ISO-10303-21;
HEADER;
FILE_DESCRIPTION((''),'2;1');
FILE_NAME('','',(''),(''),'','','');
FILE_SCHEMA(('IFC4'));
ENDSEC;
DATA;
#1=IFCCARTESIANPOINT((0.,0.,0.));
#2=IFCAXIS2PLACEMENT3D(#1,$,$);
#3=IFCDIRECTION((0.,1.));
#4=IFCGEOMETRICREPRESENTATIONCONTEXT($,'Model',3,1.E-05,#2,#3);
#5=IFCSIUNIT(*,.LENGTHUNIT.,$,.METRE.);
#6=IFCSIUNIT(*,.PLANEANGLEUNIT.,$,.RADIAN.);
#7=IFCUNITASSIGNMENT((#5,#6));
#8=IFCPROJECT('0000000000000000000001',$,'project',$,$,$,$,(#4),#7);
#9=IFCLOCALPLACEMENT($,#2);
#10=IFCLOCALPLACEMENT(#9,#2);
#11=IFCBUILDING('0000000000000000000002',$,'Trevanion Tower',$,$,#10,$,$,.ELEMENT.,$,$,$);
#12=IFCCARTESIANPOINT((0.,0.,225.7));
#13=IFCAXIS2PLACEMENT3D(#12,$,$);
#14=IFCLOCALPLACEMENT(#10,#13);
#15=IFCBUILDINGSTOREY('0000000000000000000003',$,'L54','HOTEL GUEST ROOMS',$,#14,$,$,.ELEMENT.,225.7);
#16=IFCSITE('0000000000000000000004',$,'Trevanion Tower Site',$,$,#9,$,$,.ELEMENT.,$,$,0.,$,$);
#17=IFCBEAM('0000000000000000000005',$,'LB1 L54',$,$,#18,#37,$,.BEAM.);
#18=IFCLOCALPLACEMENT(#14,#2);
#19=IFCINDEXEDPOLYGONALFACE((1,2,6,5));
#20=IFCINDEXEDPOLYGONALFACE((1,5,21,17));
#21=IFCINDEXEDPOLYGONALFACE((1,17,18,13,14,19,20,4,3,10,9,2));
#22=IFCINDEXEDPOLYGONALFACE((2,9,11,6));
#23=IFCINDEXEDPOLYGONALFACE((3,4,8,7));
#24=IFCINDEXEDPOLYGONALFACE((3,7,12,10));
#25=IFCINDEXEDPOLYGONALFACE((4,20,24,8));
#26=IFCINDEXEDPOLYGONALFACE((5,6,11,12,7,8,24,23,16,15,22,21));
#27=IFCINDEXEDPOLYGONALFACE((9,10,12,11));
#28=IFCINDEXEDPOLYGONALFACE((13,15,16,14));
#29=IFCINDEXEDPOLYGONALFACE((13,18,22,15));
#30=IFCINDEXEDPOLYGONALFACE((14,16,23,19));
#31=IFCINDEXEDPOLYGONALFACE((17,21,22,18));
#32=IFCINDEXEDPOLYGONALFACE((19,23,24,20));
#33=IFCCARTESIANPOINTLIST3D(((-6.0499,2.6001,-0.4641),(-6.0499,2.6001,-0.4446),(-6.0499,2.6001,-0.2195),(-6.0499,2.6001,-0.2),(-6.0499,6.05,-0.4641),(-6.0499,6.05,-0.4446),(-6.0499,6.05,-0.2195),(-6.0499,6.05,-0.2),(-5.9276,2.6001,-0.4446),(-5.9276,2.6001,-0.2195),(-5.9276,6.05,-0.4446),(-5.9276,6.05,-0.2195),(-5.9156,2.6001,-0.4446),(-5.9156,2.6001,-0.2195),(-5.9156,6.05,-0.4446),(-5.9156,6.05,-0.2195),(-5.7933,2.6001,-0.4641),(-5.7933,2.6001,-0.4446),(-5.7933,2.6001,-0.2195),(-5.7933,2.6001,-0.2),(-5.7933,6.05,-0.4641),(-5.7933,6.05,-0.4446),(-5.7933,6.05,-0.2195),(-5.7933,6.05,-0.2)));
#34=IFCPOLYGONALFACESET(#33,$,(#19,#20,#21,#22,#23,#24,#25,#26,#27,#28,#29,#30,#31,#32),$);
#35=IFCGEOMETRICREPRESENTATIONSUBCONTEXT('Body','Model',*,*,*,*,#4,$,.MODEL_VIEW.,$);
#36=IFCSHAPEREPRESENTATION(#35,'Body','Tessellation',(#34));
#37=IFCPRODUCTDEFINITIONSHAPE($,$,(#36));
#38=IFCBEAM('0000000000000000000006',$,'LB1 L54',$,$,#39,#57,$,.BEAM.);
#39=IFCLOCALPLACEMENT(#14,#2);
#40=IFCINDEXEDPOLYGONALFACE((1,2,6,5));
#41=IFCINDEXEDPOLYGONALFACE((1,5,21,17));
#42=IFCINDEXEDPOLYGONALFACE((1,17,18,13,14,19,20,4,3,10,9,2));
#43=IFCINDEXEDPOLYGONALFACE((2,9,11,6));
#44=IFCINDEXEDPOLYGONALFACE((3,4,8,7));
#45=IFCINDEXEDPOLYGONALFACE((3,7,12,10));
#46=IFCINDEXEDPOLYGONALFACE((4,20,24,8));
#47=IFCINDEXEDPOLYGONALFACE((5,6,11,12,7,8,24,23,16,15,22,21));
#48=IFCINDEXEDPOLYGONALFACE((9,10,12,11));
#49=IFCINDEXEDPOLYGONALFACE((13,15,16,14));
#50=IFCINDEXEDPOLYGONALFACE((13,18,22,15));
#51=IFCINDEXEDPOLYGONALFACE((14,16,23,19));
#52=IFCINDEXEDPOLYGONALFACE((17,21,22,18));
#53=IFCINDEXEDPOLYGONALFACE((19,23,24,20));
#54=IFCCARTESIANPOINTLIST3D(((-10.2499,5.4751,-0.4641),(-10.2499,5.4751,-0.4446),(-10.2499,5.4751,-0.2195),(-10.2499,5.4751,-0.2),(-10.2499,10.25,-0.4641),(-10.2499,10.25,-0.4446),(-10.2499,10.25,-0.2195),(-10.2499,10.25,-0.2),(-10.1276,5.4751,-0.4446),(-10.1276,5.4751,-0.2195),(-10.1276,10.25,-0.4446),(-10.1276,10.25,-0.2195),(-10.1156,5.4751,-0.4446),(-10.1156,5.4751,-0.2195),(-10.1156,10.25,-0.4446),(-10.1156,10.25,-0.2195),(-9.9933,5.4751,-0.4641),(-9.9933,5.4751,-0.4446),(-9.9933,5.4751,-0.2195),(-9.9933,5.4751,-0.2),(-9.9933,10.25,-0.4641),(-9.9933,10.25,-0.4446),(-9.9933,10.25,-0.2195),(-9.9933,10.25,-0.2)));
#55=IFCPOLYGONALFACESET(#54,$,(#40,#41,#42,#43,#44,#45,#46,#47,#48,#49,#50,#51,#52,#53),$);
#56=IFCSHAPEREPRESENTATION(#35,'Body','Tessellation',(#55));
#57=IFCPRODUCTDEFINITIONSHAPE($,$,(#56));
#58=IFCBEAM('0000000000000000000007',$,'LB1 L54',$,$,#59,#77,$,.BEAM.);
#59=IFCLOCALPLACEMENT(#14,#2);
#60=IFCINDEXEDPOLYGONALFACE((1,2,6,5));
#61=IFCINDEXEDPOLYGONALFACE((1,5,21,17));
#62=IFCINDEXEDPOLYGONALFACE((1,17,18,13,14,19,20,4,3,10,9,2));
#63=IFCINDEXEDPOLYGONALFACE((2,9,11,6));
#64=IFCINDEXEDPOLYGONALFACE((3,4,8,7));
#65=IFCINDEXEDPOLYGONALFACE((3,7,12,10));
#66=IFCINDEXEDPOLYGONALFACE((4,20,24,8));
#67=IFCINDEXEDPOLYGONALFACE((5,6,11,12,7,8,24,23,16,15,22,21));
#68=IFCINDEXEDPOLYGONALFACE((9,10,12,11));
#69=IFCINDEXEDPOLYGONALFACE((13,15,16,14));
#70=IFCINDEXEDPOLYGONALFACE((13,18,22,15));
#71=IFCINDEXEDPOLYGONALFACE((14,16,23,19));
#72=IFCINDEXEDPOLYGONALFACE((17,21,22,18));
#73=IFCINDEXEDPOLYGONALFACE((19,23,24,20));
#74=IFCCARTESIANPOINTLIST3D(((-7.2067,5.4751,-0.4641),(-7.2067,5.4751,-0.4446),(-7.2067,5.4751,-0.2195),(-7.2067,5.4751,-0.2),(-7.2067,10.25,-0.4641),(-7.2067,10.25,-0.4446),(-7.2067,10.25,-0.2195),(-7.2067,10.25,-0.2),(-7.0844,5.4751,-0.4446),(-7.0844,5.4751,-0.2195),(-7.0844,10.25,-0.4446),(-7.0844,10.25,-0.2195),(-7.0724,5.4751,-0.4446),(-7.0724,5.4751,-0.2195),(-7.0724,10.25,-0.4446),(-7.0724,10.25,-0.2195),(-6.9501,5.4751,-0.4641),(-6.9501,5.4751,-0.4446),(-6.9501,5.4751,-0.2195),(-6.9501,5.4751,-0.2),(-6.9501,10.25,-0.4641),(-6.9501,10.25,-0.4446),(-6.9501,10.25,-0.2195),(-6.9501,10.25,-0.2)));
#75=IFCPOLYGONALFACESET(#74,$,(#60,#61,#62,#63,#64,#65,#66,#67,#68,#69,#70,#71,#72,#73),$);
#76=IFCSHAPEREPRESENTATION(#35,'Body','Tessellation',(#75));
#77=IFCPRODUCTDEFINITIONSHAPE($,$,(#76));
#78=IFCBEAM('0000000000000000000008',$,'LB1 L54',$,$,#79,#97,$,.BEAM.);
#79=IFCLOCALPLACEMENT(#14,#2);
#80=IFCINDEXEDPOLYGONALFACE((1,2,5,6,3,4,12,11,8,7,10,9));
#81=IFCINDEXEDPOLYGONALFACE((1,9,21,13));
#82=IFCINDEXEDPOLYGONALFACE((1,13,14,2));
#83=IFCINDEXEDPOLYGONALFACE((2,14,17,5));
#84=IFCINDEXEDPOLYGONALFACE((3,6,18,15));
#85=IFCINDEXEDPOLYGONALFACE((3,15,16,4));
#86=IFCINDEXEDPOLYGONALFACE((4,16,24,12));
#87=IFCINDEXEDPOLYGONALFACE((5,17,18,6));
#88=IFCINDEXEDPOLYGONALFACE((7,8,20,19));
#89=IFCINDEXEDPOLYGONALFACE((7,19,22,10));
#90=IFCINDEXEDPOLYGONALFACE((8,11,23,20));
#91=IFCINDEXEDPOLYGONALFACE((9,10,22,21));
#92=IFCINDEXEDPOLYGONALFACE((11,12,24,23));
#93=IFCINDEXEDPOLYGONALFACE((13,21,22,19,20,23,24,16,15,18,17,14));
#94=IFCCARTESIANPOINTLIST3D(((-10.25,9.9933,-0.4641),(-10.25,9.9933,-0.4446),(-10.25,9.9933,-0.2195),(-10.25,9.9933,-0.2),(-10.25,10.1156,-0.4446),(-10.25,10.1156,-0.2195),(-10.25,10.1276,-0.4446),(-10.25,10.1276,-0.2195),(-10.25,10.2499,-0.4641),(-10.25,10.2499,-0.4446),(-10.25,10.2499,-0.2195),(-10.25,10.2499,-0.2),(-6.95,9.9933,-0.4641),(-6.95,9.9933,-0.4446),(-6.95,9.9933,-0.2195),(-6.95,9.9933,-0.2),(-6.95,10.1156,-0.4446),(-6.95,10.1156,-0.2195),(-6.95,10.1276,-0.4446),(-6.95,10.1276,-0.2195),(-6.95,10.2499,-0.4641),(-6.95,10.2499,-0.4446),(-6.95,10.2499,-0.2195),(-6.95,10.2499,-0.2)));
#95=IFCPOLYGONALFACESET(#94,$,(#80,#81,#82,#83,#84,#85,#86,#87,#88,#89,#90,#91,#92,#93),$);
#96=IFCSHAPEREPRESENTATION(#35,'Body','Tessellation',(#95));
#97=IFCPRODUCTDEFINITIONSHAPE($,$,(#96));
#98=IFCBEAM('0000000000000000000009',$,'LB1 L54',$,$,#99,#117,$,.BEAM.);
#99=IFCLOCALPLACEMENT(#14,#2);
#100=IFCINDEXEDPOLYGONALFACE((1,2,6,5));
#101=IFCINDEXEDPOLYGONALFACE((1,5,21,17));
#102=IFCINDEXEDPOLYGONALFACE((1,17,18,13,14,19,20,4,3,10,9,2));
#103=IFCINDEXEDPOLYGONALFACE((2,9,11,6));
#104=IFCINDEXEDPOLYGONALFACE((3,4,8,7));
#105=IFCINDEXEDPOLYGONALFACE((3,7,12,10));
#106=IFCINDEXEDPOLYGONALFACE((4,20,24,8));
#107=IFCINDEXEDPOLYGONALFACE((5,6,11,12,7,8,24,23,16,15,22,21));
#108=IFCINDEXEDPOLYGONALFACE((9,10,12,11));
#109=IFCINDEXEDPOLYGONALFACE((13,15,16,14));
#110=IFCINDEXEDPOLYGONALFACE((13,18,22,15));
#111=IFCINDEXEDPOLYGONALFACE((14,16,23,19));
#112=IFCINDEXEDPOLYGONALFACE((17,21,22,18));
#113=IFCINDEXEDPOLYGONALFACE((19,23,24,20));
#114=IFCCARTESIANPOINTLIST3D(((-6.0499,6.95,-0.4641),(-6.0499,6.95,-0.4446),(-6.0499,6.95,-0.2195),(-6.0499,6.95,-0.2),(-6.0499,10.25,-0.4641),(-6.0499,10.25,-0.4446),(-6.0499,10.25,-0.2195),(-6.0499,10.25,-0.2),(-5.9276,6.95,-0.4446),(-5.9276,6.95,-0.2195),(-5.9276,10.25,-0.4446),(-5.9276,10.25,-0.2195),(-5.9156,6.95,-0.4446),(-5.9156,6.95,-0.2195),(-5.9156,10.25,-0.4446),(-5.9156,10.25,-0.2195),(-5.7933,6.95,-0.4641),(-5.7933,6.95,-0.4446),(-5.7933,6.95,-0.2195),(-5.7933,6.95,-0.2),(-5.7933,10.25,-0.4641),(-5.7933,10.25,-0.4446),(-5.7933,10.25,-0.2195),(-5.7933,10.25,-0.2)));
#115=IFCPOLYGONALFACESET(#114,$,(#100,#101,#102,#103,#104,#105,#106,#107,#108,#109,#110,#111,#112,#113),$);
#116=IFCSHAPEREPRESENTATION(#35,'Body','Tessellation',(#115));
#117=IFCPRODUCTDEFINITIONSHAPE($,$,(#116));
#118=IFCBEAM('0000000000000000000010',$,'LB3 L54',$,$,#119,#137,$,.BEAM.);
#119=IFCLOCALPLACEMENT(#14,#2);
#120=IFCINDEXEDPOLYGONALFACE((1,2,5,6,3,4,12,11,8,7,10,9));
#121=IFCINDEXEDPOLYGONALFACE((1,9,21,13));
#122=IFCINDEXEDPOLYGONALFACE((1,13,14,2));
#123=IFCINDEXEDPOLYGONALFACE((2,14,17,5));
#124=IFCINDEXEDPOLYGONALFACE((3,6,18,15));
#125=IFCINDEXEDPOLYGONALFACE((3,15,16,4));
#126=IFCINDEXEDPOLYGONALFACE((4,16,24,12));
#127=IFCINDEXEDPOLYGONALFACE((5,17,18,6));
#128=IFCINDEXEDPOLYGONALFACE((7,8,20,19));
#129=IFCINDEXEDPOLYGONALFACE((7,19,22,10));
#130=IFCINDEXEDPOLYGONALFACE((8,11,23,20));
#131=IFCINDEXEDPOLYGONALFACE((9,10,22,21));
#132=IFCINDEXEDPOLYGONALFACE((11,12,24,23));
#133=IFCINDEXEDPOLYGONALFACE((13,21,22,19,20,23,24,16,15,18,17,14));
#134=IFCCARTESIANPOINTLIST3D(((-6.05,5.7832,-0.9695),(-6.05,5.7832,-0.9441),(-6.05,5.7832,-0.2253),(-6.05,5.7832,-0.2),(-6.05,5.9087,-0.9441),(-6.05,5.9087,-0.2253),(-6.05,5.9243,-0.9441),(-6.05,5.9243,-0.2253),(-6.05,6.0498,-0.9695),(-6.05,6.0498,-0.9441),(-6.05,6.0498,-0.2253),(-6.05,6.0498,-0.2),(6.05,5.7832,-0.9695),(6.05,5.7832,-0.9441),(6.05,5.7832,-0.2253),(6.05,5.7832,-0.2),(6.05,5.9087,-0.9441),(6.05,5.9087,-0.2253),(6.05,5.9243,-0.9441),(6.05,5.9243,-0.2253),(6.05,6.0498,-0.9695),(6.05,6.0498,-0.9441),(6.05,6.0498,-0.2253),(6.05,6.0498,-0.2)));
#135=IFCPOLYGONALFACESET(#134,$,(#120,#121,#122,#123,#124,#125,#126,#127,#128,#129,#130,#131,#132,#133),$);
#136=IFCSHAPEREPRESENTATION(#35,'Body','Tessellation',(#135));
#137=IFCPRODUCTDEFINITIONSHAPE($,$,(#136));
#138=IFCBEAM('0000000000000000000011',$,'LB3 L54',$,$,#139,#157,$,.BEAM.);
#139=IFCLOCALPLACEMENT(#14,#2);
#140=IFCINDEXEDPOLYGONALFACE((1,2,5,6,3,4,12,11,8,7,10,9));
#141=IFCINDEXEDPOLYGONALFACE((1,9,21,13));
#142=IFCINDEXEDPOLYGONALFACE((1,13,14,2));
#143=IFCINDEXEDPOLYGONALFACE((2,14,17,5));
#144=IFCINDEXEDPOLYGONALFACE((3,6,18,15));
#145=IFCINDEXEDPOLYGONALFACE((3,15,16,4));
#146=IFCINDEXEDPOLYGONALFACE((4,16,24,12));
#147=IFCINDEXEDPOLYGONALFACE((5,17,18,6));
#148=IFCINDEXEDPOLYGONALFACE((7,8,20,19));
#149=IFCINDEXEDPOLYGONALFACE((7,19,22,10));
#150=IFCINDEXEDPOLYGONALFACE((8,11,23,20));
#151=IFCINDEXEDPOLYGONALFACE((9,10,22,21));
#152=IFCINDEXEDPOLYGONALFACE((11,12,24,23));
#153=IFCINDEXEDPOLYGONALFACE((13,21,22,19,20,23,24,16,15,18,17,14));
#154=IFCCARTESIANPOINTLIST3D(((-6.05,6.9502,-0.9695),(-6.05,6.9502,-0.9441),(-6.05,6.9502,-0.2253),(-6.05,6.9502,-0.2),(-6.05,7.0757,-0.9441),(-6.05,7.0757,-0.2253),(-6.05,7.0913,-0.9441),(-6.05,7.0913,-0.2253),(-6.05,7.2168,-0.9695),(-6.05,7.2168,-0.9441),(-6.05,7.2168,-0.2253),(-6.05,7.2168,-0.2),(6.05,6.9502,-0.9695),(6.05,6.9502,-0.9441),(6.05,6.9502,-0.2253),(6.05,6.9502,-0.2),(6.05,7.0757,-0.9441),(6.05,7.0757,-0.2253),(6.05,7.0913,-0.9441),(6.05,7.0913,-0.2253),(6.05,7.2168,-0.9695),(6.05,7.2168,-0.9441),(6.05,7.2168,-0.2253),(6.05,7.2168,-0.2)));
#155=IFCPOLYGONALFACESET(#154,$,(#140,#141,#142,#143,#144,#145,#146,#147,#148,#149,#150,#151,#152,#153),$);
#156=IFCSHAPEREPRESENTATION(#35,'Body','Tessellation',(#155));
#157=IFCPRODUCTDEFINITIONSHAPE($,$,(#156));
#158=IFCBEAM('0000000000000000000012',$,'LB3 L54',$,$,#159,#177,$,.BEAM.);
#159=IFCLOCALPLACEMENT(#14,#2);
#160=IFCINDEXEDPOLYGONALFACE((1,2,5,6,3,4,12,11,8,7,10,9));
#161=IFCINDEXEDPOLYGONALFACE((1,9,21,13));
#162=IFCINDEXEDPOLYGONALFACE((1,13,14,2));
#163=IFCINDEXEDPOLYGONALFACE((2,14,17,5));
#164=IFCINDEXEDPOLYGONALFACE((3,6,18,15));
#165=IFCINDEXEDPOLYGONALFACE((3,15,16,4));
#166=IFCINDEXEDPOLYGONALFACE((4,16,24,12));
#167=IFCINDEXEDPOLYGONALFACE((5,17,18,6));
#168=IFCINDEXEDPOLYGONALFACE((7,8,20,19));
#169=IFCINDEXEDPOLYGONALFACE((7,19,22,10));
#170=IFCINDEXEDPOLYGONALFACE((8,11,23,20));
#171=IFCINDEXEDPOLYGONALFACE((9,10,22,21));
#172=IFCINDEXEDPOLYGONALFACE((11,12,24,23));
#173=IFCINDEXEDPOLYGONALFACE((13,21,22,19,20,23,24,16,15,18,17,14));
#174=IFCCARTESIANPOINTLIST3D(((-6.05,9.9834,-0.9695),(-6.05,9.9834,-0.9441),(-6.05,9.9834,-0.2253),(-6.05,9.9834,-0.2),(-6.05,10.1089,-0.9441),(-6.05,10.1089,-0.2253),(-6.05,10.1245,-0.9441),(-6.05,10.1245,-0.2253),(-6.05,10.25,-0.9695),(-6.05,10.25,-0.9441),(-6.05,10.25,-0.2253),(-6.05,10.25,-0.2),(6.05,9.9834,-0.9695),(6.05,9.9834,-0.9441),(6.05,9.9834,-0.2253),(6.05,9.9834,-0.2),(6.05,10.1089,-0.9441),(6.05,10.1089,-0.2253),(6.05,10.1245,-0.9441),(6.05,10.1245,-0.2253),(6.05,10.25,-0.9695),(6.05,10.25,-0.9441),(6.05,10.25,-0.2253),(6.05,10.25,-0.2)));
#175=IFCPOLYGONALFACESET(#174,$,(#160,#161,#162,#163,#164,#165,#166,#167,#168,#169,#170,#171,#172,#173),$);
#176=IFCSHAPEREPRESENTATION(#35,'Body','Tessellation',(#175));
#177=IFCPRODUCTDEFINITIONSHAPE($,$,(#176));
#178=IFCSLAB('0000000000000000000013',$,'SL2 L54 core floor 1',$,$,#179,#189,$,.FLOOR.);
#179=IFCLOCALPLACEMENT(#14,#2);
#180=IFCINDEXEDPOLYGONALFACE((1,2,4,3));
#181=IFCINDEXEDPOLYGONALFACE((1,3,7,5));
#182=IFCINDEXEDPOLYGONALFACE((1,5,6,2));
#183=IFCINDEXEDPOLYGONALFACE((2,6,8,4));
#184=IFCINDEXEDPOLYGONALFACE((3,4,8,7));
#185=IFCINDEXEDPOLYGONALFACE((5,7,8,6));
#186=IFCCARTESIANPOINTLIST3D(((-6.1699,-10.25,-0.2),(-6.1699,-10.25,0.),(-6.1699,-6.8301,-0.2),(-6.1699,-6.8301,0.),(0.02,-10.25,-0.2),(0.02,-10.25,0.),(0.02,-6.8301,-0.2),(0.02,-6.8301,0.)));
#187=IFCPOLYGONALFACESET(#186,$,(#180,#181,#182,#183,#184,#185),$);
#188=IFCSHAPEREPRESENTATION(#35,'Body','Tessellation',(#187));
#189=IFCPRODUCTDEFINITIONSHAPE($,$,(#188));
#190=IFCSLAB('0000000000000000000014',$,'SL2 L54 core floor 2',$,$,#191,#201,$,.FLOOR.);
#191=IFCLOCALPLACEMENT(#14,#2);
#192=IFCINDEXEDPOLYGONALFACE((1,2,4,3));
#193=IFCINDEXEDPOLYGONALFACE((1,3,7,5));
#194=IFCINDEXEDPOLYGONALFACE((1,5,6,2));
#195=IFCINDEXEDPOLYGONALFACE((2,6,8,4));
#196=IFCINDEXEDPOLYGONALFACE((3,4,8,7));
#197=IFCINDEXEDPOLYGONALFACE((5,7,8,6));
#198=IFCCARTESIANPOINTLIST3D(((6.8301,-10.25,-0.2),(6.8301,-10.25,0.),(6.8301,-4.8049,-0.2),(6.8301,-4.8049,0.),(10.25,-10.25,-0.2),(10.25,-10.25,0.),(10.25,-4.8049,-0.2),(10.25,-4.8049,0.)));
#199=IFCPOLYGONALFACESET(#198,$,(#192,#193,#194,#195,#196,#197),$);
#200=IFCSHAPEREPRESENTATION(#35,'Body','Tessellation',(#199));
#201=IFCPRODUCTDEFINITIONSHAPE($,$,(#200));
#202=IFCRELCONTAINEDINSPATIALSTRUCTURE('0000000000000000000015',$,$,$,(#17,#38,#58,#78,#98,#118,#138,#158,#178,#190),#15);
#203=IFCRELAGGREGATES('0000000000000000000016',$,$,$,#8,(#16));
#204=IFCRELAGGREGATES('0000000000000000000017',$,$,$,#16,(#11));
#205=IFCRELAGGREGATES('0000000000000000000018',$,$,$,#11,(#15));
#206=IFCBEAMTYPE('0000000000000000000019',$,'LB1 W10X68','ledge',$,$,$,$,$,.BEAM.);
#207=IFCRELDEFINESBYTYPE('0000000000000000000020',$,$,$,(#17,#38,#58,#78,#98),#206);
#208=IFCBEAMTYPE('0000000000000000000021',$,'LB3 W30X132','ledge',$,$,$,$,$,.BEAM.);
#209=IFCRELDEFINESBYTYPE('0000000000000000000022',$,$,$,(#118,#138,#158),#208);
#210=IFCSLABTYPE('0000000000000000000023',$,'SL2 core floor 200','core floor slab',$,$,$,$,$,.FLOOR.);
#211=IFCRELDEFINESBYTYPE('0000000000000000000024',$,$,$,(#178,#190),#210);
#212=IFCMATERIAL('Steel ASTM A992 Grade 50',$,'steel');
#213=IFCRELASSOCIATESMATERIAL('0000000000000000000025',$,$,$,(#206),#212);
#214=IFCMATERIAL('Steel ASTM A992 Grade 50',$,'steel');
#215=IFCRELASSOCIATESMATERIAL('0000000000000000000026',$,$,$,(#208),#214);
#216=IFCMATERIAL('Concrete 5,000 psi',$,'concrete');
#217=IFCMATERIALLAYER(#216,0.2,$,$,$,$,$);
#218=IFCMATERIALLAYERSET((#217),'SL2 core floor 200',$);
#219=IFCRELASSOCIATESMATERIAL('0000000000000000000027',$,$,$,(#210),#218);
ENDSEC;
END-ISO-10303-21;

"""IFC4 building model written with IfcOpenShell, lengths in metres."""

from ifc_helpers import new_model, si_unit, direction, frame, origin, origin_2d, place, context, subcontext, project, spatial, polyline, i_section, outline, extrude, material, layer, layer_set, material_profile, profile_set, type_object, element, save


model = new_model("IFC4")

# Units and contexts
model_context = context("Model", 3, precision=1e-05, world=origin(), true_north=direction((0.0, 1.0)))
body_context = subcontext(model_context, "Body", "Model", "MODEL_VIEW")
ifc_project = project(units=[si_unit("LENGTHUNIT", "METRE"), si_unit("PLANEANGLEUNIT", "RADIAN")], contexts=[model_context])

# Site, building, storey
site_placement = place(None, origin())
site = spatial("IfcSite", under=ifc_project, at=site_placement, Name="Trevanion Tower Site", CompositionType="ELEMENT", RefElevation=0.0)
building_placement = place(site_placement, origin())
building = spatial("IfcBuilding", under=site, at=building_placement, Name="Trevanion Tower", CompositionType="ELEMENT")
storey_placement = place(building_placement, frame((0.0, 0.0, 225.7)))
storey = spatial("IfcBuildingStorey", under=building, at=storey_placement, Name="L54", Description="HOTEL GUEST ROOMS", CompositionType="ELEMENT", Elevation=225.7)

# Beams
ifc_material_1 = material(Name="Steel ASTM A992 Grade 50", Category="steel")
ifc_material_profile_1 = material_profile(ifc_material_1, i_section(OverallWidth=0.2566, OverallDepth=0.2642, WebThickness=0.012, FlangeThickness=0.0195, at=origin_2d()), Name="W10X68")
ifc_profile_set_1 = profile_set([ifc_material_profile_1], Name="Steel ASTM A992 Grade 50")
beam_type_1 = type_object("IfcBeamType", Name="LB1 W10X68", Description="ledge", PredefinedType="BEAM", material=ifc_profile_set_1)
beam_placement = place(storey_placement, frame((-5.9216, 2.6001, -0.332), z_axis=(0.0, 1.0, 0.0), x_axis=(-1.0, 0.0, 0.0)))
element("IfcBeam", 1, at=beam_placement, inside=storey, type_object=beam_type_1, Name="LB1 L54", PredefinedType="BEAM", context=body_context, shape_type="SweptSolid", body=[
    extrude(i_section(OverallWidth=0.2566, OverallDepth=0.2642, WebThickness=0.012, FlangeThickness=0.0195, at=origin_2d()), origin(), (0.0, 0.0, 1.0), 3.45),
])
for number, where, z_axis, x_axis, name in (
    (2, (-10.1216, 5.4751, -0.332), (0.0, 1.0, 0.0), (-1.0, 0.0, 0.0), "LB1 L54"),
    (3, (-7.0784, 5.4751, -0.332), (0.0, 1.0, 0.0), (-1.0, 0.0, 0.0), "LB1 L54"),
):
    element("IfcBeam", number, at=place(storey_placement, frame(where, z_axis=z_axis, x_axis=x_axis)), inside=storey, type_object=beam_type_1, Name=name, PredefinedType="BEAM", context=body_context, shape_type="SweptSolid", body=[
        extrude(i_section(OverallWidth=0.2566, OverallDepth=0.2642, WebThickness=0.012, FlangeThickness=0.0195, at=origin_2d()), origin(), (0.0, 0.0, 1.0), 4.7749),
    ])
for number, where, z_axis, x_axis, name in (
    (4, (-10.25, 10.1216, -0.332), (1.0, 0.0, 0.0), (0.0, 1.0, 0.0), "LB1 L54"),
    (5, (-5.9216, 6.95, -0.332), (0.0, 1.0, 0.0), (-1.0, 0.0, 0.0), "LB1 L54"),
):
    element("IfcBeam", number, at=place(storey_placement, frame(where, z_axis=z_axis, x_axis=x_axis)), inside=storey, type_object=beam_type_1, Name=name, PredefinedType="BEAM", context=body_context, shape_type="SweptSolid", body=[
        extrude(i_section(OverallWidth=0.2566, OverallDepth=0.2642, WebThickness=0.012, FlangeThickness=0.0195, at=origin_2d()), origin(), (0.0, 0.0, 1.0), 3.3),
    ])
ifc_material_2 = material(Name="Steel ASTM A992 Grade 50", Category="steel")
ifc_material_profile_2 = material_profile(ifc_material_2, i_section(OverallWidth=0.2666, OverallDepth=0.7695, WebThickness=0.0156, FlangeThickness=0.0254, at=origin_2d()), Name="W30X132")
ifc_profile_set_2 = profile_set([ifc_material_profile_2], Name="Steel ASTM A992 Grade 50")
beam_type_2 = type_object("IfcBeamType", Name="LB3 W30X132", Description="ledge", PredefinedType="BEAM", material=ifc_profile_set_2)
for number, where, z_axis, x_axis, name in (
    (6, (-6.05, 5.9165, -0.5847), (1.0, 0.0, 0.0), (0.0, 1.0, 0.0), "LB3 L54"),
    (7, (-6.05, 7.0835, -0.5847), (1.0, 0.0, 0.0), (0.0, 1.0, 0.0), "LB3 L54"),
    (8, (-6.05, 10.1167, -0.5847), (1.0, 0.0, 0.0), (0.0, 1.0, 0.0), "LB3 L54"),
):
    element("IfcBeam", number, at=place(storey_placement, frame(where, z_axis=z_axis, x_axis=x_axis)), inside=storey, type_object=beam_type_2, Name=name, PredefinedType="BEAM", context=body_context, shape_type="SweptSolid", body=[
        extrude(i_section(OverallWidth=0.2666, OverallDepth=0.7695, WebThickness=0.0156, FlangeThickness=0.0254, at=origin_2d()), origin(), (0.0, 0.0, 1.0), 12.1001),
    ])

# Slabs
ifc_material_3 = material(Name="Concrete 5,000 psi", Category="concrete")
ifc_layer_1 = layer(ifc_material_3, 0.2)
ifc_layer_set_1 = layer_set([ifc_layer_1], Name="SL2 core floor 200")
slab_type = type_object("IfcSlabType", Name="SL2 core floor 200", Description="core floor slab", PredefinedType="FLOOR", material=ifc_layer_set_1)
slab_1_placement = place(storey_placement, frame((0.0, 0.0, -0.2)))
element("IfcSlab", 9, at=slab_1_placement, inside=storey, type_object=slab_type, Name="SL2 L54 core floor 1", PredefinedType="FLOOR", context=body_context, shape_type="SweptSolid", body=[
    extrude(outline(polyline([(0.02, -10.25), (-6.1699, -10.25), (-6.1699, -6.8301), (0.02, -6.8301), (0.02, -10.25)])), origin(), (0.0, 0.0, 1.0), 0.2),
])
slab_2_placement = place(storey_placement, frame((0.0, 0.0, -0.2)))
element("IfcSlab", 10, at=slab_2_placement, inside=storey, type_object=slab_type, Name="SL2 L54 core floor 2", PredefinedType="FLOOR", context=body_context, shape_type="SweptSolid", body=[
    extrude(outline(polyline([(6.8301, -4.8049), (10.25, -4.8049), (10.25, -10.25), (6.8301, -10.25), (6.8301, -4.8049)])), origin(), (0.0, 0.0, 1.0), 0.2),
])

save(model, "model.ifc")
